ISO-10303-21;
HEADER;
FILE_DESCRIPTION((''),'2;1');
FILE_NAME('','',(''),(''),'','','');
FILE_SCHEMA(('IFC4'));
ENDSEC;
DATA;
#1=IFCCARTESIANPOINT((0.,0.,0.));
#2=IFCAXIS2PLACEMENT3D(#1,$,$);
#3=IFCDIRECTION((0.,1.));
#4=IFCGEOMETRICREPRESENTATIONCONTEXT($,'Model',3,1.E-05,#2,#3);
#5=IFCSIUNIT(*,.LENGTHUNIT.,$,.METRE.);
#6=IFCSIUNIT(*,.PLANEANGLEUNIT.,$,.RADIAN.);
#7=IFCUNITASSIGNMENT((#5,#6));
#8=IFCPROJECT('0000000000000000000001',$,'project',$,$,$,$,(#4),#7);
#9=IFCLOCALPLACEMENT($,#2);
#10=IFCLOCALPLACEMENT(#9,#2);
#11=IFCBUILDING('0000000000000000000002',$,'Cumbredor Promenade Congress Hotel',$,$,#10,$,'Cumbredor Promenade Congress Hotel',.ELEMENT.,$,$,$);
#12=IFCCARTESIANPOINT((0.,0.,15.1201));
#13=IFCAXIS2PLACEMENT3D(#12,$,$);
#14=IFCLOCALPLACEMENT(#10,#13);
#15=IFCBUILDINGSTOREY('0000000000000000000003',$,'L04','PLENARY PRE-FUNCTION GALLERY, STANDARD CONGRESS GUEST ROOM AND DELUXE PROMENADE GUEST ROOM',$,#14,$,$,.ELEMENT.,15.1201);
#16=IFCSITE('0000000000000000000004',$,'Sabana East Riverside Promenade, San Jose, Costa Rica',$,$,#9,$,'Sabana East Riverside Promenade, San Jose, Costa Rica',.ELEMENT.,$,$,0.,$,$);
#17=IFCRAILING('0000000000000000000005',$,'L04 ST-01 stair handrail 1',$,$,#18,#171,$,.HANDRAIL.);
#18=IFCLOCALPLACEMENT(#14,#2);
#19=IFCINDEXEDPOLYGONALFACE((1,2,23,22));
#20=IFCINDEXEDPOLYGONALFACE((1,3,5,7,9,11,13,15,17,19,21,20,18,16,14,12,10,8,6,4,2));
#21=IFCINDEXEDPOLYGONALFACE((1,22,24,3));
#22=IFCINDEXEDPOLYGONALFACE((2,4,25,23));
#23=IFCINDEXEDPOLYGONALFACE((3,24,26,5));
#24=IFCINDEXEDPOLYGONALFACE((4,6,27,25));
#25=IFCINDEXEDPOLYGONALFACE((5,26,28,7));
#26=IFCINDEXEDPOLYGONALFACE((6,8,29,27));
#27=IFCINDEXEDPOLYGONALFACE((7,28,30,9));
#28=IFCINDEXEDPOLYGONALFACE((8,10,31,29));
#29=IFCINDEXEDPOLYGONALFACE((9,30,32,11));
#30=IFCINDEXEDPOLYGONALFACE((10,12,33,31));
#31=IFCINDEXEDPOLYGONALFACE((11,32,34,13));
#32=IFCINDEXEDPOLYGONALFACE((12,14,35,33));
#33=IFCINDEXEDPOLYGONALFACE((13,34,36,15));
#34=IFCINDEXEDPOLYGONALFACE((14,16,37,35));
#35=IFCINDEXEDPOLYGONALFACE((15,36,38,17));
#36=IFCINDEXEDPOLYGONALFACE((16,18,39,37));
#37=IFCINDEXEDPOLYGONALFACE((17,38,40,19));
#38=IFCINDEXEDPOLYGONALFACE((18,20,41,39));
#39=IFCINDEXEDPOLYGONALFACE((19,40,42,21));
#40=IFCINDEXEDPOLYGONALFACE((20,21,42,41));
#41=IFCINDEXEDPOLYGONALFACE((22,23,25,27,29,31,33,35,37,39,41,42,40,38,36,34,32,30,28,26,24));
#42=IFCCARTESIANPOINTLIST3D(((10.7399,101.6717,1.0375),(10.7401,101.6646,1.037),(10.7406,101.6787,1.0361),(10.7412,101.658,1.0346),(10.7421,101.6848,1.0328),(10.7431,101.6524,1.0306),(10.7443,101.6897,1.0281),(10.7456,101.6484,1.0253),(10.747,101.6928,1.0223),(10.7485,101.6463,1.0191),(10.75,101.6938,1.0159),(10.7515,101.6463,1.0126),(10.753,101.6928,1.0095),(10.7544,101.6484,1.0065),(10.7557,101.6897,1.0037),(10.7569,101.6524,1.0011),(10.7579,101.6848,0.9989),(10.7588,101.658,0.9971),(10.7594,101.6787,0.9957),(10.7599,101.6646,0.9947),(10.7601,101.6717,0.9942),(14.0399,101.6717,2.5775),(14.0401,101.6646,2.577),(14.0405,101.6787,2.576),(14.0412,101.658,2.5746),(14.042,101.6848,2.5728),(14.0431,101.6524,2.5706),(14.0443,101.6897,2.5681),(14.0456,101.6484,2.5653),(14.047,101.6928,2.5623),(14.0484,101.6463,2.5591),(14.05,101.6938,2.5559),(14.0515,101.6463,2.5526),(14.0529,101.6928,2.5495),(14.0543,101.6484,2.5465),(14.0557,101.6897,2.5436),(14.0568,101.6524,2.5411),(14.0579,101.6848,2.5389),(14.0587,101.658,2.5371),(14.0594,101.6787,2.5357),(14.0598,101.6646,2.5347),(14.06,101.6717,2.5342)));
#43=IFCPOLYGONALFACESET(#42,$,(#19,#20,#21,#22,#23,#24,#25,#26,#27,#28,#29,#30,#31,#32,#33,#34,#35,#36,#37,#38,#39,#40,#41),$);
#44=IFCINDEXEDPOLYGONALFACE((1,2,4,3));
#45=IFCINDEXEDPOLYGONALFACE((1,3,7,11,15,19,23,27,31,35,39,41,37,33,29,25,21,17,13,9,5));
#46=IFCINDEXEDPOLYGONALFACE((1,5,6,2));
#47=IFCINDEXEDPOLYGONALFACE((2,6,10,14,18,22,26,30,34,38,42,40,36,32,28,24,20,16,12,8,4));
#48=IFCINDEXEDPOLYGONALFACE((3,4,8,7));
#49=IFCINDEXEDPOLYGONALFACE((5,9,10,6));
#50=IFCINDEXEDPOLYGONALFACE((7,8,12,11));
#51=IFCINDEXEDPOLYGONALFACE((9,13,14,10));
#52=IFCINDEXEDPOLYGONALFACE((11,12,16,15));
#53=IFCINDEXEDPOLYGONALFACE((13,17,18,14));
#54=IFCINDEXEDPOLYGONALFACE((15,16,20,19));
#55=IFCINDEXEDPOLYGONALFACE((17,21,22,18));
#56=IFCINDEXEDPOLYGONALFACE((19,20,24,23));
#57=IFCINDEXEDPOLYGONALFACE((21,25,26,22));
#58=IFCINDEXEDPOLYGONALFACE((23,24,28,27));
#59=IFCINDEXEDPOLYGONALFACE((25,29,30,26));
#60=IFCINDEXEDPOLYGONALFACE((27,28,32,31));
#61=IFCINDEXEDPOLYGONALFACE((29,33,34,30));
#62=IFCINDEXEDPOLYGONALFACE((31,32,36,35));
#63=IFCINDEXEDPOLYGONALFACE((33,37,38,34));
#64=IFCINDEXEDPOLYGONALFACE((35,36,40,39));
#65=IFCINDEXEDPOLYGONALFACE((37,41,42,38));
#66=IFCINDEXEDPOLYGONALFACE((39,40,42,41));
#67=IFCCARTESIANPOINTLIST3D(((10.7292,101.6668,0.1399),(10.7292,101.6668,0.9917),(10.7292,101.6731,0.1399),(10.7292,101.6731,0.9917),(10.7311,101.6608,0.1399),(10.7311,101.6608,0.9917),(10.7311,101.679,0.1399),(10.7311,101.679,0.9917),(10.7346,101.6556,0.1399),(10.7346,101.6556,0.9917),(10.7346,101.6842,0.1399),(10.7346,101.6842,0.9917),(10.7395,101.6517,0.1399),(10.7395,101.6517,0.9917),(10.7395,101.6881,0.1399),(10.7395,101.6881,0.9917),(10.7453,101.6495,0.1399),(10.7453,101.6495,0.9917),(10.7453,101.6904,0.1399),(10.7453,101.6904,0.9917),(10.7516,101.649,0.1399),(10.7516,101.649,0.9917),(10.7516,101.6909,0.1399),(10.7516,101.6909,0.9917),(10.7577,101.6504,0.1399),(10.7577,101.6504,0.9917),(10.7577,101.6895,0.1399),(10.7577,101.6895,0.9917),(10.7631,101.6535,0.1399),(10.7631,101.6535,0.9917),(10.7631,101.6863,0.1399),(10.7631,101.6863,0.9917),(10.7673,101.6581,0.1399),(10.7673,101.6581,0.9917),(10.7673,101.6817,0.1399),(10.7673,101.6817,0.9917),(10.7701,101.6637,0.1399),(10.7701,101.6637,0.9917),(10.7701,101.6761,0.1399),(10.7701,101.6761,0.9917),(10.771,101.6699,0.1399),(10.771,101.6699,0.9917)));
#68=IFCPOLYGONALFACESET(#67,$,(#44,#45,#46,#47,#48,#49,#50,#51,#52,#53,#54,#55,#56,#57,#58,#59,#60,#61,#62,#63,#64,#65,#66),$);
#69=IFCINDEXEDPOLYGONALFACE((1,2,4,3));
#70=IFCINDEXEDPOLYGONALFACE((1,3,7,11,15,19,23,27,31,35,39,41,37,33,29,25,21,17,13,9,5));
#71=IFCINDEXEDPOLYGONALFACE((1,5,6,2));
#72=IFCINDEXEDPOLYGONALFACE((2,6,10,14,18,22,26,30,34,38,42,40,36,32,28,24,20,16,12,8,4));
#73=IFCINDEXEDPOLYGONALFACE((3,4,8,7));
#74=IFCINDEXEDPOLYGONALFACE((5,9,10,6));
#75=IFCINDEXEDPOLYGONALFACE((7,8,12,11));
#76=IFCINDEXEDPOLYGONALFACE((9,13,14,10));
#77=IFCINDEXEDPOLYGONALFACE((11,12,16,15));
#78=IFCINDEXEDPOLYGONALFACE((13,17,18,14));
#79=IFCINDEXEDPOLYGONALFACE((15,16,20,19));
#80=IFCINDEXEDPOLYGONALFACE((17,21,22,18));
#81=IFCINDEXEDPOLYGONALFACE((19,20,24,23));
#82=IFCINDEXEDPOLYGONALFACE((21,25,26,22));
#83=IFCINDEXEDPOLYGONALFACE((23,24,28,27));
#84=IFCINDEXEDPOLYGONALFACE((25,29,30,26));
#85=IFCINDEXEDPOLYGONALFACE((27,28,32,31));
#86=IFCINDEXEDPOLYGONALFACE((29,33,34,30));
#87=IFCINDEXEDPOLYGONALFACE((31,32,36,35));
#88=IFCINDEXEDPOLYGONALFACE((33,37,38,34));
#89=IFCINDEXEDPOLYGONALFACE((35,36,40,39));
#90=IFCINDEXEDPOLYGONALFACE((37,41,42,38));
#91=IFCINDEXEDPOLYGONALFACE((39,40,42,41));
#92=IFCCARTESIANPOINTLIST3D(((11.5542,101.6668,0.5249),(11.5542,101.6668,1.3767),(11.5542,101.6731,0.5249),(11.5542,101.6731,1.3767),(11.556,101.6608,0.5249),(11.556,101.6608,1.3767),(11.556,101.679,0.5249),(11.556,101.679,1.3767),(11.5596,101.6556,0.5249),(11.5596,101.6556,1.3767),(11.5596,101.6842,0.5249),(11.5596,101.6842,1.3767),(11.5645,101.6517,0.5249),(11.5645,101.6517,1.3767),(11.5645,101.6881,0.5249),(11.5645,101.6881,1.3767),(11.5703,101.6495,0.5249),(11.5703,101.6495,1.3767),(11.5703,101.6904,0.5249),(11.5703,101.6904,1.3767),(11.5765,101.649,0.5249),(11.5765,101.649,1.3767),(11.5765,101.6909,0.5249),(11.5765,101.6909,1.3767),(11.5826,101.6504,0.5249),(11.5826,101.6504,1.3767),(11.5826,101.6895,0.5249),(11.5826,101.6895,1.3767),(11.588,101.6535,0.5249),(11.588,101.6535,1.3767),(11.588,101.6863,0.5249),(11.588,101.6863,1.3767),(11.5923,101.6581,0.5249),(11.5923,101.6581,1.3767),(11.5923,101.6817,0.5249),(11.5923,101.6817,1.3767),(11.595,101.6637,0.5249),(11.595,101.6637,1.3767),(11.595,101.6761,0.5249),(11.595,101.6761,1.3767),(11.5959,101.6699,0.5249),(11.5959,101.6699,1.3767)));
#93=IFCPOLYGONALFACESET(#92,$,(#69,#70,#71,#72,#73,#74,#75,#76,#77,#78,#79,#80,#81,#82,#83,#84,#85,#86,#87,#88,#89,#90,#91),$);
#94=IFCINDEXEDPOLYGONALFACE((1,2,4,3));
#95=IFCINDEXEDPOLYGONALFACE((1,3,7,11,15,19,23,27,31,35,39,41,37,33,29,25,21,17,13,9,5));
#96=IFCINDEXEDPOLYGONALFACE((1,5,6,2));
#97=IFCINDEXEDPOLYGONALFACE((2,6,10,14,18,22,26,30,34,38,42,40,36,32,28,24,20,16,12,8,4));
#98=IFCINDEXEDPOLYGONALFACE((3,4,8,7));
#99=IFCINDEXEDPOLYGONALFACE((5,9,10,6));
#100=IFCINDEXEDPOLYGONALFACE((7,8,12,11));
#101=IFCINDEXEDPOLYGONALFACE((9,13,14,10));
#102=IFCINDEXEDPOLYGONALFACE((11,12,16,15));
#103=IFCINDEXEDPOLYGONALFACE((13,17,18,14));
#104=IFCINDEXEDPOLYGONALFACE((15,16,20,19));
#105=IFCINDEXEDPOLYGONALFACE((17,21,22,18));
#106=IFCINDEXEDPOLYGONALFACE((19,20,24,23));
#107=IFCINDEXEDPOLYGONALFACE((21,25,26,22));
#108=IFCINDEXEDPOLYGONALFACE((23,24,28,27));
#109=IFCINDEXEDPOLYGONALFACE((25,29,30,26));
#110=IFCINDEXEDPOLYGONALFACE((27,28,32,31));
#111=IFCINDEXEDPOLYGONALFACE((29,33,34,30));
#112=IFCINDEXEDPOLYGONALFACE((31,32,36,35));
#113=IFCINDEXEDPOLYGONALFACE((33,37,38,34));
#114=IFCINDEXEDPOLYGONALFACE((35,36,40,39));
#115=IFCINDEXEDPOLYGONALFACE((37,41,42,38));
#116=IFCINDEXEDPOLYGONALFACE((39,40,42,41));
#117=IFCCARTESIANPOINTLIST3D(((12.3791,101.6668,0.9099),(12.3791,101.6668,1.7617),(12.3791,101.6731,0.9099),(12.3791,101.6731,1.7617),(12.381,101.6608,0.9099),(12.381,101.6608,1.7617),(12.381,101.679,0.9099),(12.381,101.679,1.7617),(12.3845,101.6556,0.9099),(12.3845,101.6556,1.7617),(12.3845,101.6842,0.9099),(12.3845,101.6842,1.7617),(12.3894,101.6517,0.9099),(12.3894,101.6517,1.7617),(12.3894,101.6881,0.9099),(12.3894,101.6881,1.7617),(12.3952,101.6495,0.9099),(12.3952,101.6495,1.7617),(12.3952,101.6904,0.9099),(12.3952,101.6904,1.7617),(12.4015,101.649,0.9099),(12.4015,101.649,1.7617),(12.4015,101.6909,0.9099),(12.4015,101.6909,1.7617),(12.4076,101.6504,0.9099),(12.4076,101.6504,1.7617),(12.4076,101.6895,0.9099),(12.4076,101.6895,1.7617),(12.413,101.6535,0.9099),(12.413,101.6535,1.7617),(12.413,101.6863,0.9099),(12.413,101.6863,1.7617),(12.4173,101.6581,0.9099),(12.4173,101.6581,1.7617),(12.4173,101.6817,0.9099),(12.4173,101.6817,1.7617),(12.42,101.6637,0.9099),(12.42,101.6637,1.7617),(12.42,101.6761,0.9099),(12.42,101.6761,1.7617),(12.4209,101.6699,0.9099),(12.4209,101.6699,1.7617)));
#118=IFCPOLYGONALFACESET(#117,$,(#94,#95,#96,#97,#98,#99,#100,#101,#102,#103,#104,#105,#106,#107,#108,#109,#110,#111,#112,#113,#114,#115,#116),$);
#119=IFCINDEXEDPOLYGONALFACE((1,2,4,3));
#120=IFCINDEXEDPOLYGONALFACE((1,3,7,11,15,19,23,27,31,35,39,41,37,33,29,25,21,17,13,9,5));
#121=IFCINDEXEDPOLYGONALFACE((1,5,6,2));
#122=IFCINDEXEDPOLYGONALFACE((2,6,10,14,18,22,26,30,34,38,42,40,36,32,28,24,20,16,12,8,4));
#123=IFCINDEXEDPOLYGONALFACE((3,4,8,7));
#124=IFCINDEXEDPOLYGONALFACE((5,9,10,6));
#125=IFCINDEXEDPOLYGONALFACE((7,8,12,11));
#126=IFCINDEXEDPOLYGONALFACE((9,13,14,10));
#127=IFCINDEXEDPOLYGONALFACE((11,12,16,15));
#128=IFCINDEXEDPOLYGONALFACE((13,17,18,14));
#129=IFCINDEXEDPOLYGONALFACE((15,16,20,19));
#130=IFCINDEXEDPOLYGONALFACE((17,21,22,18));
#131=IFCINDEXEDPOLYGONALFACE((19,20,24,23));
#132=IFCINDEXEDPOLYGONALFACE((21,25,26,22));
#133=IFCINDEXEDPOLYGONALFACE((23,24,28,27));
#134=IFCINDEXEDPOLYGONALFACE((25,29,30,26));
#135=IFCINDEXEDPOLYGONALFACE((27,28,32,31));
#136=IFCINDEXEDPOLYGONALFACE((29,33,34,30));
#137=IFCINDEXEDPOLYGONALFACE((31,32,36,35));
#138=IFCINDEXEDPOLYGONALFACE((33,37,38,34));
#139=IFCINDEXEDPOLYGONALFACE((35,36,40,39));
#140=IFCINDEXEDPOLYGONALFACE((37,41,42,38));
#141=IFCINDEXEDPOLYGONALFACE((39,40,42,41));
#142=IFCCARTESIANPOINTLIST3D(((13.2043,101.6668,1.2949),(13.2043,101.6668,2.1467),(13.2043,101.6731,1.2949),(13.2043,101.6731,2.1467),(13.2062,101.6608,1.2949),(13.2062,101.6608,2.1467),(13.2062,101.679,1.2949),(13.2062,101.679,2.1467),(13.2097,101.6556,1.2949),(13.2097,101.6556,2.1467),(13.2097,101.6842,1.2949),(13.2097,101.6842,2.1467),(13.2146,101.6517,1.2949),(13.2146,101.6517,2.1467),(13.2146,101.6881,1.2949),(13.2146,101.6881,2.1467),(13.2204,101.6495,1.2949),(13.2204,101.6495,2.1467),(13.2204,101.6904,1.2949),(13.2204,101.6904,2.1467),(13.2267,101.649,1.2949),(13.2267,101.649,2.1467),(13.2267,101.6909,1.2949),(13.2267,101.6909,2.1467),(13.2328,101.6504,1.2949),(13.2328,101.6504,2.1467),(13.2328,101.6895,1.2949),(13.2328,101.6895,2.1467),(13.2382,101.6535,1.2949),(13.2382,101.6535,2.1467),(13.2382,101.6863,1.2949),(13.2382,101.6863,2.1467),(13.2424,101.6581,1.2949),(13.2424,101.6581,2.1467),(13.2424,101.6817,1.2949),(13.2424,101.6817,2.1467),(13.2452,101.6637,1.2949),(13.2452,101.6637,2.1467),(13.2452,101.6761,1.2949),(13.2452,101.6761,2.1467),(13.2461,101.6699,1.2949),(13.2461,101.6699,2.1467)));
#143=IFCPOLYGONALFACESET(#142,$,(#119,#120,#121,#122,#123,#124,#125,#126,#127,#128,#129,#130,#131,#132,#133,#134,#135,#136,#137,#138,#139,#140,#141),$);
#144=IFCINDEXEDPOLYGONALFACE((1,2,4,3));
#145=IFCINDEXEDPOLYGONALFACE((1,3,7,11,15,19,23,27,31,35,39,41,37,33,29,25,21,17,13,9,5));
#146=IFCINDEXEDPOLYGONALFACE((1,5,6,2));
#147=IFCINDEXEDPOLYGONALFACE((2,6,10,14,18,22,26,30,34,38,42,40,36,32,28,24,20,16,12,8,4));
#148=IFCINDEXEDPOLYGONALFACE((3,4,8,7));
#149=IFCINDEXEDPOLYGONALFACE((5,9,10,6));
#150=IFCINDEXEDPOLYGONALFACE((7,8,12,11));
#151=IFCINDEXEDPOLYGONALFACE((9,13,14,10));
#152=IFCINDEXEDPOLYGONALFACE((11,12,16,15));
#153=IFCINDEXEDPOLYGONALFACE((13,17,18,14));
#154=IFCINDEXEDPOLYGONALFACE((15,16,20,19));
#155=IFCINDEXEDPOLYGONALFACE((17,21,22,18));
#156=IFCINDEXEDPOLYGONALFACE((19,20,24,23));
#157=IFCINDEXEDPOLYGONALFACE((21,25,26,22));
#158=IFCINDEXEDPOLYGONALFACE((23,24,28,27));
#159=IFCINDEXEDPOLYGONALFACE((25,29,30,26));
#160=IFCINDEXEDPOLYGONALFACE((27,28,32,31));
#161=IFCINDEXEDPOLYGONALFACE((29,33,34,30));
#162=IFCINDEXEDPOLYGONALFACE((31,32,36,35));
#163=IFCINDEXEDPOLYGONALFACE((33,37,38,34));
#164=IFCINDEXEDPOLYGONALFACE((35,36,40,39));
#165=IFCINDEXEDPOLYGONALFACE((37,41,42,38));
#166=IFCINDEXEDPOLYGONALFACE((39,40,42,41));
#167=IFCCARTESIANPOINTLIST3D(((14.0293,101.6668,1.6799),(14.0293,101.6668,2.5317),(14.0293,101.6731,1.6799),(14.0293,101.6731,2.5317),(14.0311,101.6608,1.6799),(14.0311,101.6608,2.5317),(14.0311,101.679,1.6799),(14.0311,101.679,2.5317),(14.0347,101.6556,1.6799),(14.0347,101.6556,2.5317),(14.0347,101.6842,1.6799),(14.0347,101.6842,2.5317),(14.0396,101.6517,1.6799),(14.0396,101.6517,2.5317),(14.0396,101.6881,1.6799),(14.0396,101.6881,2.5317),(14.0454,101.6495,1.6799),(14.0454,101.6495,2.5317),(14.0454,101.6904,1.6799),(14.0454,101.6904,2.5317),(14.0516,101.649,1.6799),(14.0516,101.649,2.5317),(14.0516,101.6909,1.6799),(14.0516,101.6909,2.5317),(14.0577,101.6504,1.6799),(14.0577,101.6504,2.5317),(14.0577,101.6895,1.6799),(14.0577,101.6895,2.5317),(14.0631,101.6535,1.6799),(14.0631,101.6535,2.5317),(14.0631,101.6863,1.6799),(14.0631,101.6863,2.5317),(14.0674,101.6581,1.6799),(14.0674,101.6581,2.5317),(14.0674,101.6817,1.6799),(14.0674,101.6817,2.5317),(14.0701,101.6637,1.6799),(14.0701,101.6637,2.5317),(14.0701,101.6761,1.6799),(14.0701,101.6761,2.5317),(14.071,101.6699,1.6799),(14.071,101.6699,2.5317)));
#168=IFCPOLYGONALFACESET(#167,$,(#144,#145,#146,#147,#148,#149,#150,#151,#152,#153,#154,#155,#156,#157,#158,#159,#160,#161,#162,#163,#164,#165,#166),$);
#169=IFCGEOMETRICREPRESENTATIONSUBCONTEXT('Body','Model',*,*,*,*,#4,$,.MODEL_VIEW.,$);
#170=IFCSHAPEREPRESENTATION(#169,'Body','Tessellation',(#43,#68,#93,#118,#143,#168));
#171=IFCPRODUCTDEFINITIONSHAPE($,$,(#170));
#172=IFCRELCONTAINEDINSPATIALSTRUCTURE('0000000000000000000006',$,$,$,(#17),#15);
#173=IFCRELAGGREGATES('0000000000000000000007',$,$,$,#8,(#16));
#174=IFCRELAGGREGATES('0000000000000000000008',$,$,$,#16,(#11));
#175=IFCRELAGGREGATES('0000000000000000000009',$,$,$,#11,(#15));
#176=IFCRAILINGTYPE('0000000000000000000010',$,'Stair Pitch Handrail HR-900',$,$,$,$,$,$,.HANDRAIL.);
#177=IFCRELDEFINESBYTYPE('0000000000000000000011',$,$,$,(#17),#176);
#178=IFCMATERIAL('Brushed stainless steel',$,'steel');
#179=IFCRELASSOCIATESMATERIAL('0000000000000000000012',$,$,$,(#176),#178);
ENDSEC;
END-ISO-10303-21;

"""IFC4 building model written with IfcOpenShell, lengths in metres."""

from ifc_helpers import new_model, si_unit, direction, frame, origin, origin_2d, place, context, subcontext, project, spatial, circle, extrude, material, type_object, element, save


model = new_model("IFC4")

# Units and contexts
model_context = context("Model", 3, precision=1e-05, world=origin(), true_north=direction((0.0, 1.0)))
body_context = subcontext(model_context, "Body", "Model", "MODEL_VIEW")
ifc_project = project(units=[si_unit("LENGTHUNIT", "METRE"), si_unit("PLANEANGLEUNIT", "RADIAN")], contexts=[model_context])

# Site, building, storey
site_placement = place(None, origin())
site = spatial("IfcSite", under=ifc_project, at=site_placement, Name="Sabana East Riverside Promenade, San Jose, Costa Rica", LongName="Sabana East Riverside Promenade, San Jose, Costa Rica", CompositionType="ELEMENT", RefElevation=0.0)
building_placement = place(site_placement, origin())
building = spatial("IfcBuilding", under=site, at=building_placement, Name="Cumbredor Promenade Congress Hotel", LongName="Cumbredor Promenade Congress Hotel", CompositionType="ELEMENT")
storey_placement = place(building_placement, frame((0.0, 0.0, 15.1201)))
storey = spatial("IfcBuildingStorey", under=building, at=storey_placement, Name="L04", Description="PLENARY PRE-FUNCTION GALLERY, STANDARD CONGRESS GUEST ROOM AND DELUXE PROMENADE GUEST ROOM", CompositionType="ELEMENT", Elevation=15.1201)

# Railing
ifc_material_1 = material(Name="Brushed stainless steel", Category="steel")
railing_type_1 = type_object("IfcRailingType", Name="Stair Pitch Handrail HR-900", PredefinedType="HANDRAIL", material=ifc_material_1)
for number, where, name in (
    (1, (10.75, 101.6699, 0.1399), "L04 ST-01 stair handrail 1"),
):
    element("IfcRailing", number, at=place(storey_placement, frame(where)), inside=storey, type_object=railing_type_1, Name=name, PredefinedType="HANDRAIL", context=body_context, shape_type="SweptSolid", body=[
        extrude(circle(Radius=0.0239, at=origin_2d()), frame((0.0, 0.0, 0.876), z_axis=(0.906181, 0.0, 0.422889), x_axis=(0.0, 1.0, 0.0)), (0.0, 0.0, 1.0), 3.6416),
        extrude(circle(Radius=0.021, at=origin_2d()), origin(), (0.0, 0.0, 1.0), 0.8518),
        extrude(circle(Radius=0.021, at=origin_2d()), frame((0.825, 0.0, 0.385)), (0.0, 0.0, 1.0), 0.8518),
        extrude(circle(Radius=0.021, at=origin_2d()), frame((1.6499, 0.0, 0.77)), (0.0, 0.0, 1.0), 0.8518),
        extrude(circle(Radius=0.021, at=origin_2d()), frame((2.4751, 0.0, 1.155)), (0.0, 0.0, 1.0), 0.8518),
        extrude(circle(Radius=0.021, at=origin_2d()), frame((3.3, 0.0, 1.54)), (0.0, 0.0, 1.0), 0.8518),
    ])

save(model, "model.ifc")
